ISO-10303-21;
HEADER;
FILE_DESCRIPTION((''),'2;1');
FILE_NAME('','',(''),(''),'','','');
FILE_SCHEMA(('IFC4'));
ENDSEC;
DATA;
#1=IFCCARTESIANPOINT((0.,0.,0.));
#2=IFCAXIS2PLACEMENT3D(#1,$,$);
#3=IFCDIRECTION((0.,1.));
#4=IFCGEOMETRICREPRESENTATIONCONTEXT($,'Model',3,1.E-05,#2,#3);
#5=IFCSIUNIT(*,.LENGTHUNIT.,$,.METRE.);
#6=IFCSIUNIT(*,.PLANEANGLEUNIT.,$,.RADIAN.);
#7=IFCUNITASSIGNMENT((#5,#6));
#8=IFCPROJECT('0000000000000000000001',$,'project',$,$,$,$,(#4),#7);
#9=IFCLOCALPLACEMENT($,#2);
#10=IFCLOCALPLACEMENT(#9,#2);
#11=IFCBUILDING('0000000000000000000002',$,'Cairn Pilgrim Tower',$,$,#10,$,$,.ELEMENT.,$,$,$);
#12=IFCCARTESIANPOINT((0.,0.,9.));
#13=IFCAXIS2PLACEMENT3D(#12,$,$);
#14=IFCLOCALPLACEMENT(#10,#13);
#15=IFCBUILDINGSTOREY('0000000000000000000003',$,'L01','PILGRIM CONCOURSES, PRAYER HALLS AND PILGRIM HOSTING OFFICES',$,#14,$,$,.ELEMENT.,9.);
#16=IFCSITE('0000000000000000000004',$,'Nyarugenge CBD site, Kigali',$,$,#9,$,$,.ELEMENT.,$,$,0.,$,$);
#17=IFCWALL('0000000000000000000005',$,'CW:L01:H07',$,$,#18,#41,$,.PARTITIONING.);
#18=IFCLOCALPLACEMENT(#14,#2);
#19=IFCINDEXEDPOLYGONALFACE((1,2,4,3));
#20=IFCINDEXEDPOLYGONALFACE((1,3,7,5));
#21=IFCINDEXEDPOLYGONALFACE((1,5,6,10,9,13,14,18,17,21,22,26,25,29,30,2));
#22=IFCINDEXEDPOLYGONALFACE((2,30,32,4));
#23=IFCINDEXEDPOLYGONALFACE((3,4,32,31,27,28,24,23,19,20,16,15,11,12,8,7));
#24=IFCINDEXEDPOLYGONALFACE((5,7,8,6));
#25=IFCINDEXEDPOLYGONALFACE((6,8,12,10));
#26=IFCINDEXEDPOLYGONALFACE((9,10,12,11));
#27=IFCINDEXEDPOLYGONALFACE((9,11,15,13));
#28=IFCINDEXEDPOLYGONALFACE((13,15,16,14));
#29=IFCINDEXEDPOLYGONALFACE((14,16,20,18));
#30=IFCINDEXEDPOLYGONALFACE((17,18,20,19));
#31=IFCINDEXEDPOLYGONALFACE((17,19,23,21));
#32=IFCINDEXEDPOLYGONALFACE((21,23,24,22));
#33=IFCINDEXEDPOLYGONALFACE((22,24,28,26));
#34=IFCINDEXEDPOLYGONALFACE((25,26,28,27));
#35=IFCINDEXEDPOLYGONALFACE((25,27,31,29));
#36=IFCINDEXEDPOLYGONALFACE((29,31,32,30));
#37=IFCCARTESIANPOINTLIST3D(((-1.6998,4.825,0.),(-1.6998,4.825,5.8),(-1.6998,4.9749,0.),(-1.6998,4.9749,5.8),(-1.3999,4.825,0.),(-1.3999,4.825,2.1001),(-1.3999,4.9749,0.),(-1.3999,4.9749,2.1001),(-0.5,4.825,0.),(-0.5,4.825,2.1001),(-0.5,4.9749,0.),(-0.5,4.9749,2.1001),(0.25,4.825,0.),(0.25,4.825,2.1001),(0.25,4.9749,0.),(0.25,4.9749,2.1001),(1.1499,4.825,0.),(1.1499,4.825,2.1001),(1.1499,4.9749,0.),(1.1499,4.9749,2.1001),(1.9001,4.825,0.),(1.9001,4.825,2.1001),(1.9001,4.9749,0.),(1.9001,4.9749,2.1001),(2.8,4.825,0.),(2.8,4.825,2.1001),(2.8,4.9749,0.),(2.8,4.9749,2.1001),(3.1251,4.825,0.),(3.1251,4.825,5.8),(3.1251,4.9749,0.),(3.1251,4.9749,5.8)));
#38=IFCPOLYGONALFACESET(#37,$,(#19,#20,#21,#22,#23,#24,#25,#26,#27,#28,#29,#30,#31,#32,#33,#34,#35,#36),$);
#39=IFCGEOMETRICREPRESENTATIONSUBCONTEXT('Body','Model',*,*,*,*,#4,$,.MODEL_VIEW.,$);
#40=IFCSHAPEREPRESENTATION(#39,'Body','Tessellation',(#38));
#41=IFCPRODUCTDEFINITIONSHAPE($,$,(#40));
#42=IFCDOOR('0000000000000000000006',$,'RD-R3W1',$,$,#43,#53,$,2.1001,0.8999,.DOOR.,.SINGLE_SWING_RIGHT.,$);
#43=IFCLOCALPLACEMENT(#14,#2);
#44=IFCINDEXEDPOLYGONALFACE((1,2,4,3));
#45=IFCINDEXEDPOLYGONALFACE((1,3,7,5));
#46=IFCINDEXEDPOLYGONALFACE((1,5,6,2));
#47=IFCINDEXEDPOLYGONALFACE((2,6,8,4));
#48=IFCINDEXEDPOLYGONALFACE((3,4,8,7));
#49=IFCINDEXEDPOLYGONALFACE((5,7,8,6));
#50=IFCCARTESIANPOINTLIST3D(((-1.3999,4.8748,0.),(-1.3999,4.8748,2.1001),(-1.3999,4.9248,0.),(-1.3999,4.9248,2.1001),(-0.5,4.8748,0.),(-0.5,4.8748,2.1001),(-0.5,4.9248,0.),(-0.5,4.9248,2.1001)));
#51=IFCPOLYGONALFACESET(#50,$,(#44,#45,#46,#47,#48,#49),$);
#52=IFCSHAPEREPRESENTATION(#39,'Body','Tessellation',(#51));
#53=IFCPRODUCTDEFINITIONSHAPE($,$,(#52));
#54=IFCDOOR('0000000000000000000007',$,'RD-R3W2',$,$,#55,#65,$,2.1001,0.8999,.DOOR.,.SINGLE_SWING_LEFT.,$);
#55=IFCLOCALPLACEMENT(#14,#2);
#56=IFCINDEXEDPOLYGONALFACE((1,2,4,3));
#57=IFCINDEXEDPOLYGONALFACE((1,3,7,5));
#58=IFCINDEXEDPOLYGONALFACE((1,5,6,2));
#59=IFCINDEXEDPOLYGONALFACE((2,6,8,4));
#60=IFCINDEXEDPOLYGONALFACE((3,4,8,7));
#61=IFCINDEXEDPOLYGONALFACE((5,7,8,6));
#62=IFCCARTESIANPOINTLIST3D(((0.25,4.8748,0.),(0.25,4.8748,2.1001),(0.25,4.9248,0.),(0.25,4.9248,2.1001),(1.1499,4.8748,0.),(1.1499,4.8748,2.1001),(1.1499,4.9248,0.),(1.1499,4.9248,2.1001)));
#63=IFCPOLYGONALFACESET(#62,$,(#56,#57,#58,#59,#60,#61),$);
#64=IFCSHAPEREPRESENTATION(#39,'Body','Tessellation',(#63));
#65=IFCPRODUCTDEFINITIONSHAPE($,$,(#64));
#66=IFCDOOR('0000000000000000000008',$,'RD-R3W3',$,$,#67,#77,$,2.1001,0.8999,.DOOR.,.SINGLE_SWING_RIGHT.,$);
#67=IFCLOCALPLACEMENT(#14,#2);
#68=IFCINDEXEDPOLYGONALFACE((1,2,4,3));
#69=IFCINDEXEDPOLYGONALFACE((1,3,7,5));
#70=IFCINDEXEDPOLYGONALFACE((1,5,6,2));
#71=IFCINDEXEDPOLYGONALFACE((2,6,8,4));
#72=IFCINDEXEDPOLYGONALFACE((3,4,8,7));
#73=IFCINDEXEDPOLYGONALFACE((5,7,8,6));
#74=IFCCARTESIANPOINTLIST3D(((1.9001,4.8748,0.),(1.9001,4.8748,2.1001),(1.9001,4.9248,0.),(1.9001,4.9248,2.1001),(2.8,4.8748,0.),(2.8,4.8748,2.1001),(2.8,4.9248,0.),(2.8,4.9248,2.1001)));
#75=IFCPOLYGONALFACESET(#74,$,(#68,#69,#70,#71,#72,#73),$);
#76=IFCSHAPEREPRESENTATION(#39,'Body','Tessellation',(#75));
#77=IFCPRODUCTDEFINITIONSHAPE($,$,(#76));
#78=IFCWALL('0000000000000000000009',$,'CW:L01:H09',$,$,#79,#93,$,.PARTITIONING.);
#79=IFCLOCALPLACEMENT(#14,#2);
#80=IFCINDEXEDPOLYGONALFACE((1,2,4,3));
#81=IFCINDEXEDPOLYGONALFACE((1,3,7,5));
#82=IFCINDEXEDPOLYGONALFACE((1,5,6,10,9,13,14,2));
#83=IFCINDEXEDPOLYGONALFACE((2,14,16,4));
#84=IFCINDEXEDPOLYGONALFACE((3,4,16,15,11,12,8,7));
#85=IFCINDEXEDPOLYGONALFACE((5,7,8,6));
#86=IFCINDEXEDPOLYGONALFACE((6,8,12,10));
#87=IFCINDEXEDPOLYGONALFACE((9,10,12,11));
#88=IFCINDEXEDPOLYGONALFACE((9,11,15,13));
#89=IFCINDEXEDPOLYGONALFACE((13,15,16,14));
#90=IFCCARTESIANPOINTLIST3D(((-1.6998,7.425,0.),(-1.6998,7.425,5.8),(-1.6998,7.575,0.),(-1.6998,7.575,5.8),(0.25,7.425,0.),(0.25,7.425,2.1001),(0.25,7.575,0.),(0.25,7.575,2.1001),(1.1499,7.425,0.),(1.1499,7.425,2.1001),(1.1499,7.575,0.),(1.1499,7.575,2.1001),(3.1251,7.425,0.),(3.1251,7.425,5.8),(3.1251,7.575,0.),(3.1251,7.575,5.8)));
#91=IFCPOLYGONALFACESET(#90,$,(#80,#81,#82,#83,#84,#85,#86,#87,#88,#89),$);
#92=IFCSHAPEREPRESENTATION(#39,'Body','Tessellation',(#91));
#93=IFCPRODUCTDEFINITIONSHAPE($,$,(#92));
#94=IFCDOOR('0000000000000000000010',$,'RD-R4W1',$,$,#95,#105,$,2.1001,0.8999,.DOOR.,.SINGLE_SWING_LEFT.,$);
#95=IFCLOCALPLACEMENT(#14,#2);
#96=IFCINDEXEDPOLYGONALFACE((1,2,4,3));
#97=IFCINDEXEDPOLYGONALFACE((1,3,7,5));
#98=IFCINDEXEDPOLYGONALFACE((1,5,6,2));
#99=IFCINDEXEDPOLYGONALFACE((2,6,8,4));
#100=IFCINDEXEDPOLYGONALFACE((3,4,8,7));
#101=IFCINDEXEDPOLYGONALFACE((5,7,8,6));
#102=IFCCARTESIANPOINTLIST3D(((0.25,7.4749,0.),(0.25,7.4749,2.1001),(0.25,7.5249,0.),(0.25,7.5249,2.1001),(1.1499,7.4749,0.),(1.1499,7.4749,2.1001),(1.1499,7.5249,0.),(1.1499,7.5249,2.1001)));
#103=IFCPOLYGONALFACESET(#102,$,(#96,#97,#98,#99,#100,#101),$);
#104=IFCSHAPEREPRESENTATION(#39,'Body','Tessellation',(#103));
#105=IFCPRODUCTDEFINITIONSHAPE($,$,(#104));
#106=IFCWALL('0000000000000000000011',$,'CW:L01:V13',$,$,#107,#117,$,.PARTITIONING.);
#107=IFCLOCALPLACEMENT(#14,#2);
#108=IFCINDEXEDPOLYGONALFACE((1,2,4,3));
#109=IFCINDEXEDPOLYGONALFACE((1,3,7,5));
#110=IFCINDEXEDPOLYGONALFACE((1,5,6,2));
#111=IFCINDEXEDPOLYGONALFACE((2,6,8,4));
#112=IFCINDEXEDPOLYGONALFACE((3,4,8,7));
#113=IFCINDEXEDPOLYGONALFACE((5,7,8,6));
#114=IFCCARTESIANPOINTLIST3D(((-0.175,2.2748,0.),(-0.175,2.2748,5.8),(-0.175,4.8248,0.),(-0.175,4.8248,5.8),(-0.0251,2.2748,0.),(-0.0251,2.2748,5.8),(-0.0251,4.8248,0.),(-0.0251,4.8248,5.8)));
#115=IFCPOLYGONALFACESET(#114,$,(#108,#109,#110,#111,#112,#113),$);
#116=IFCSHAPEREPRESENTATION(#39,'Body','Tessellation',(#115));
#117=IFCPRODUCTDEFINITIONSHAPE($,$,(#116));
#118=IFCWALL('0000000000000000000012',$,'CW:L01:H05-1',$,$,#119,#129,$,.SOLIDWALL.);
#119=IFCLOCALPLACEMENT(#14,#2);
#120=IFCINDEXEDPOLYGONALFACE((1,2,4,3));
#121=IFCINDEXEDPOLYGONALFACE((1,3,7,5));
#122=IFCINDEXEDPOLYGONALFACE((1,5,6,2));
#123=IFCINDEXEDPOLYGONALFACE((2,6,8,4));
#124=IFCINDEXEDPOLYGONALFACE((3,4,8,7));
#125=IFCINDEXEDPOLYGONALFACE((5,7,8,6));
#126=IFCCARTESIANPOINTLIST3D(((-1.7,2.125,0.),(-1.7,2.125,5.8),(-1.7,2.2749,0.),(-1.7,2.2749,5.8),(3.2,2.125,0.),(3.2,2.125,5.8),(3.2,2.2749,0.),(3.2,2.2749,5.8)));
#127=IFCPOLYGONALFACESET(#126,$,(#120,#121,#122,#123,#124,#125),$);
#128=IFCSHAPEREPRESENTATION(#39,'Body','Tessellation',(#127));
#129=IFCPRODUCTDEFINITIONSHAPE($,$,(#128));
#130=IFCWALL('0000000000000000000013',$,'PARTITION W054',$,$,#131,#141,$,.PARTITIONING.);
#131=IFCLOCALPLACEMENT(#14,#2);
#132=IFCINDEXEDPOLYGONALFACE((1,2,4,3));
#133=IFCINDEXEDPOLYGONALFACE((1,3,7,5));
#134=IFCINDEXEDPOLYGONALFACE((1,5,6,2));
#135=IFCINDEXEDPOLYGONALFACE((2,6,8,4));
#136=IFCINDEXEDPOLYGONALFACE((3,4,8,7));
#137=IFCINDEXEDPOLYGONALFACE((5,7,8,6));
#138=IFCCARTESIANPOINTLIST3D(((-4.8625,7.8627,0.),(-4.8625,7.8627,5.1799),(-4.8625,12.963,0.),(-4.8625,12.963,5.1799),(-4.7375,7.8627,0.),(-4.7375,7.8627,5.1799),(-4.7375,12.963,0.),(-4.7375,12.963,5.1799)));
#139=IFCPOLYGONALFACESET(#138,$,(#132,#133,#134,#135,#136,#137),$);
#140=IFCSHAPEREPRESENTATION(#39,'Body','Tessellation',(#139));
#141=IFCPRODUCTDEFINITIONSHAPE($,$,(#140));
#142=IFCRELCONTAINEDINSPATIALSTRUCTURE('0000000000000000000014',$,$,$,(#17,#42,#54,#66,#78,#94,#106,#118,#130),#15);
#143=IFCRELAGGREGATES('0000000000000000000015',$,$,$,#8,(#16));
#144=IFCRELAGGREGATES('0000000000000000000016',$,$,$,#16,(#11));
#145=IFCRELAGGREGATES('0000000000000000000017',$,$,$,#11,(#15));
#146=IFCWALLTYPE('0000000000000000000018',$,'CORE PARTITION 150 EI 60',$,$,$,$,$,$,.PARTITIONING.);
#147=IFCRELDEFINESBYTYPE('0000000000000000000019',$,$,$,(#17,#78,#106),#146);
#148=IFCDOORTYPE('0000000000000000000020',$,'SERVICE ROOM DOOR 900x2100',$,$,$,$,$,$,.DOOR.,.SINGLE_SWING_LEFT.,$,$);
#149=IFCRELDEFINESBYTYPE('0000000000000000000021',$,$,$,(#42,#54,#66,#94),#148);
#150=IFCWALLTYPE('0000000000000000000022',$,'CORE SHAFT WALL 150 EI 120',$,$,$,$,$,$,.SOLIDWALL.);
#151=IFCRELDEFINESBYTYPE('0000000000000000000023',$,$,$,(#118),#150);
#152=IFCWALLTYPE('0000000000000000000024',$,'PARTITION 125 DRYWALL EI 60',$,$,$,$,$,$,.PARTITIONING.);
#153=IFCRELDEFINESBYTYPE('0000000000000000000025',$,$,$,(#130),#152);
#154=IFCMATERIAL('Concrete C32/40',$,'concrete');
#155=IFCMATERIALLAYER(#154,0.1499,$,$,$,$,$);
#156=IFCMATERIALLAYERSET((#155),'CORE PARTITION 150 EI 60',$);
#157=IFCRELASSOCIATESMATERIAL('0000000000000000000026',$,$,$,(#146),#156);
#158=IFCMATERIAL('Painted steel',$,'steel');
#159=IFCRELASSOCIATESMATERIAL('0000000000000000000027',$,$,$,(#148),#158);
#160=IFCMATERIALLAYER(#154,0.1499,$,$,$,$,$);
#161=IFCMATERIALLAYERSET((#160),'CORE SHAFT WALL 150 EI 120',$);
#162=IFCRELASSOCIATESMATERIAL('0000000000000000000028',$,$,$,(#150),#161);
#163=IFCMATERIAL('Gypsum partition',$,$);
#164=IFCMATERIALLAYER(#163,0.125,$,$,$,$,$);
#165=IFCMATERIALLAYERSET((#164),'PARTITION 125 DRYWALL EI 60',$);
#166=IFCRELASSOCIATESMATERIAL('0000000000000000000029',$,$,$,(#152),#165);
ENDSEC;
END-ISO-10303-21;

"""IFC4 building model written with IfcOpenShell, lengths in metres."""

from ifc_helpers import new_model, si_unit, direction, frame, frame_2d, origin, place, context, subcontext, project, spatial, rectangle, extrude, material, layer, layer_set, type_object, element, fill, save


model = new_model("IFC4")

# Units and contexts
model_context = context("Model", 3, precision=1e-05, world=origin(), true_north=direction((0.0, 1.0)))
body_context = subcontext(model_context, "Body", "Model", "MODEL_VIEW")
ifc_project = project(units=[si_unit("LENGTHUNIT", "METRE"), si_unit("PLANEANGLEUNIT", "RADIAN")], contexts=[model_context])

# Site, building, storey
site_placement = place(None, origin())
site = spatial("IfcSite", under=ifc_project, at=site_placement, Name="Nyarugenge CBD site, Kigali", CompositionType="ELEMENT", RefElevation=0.0)
building_placement = place(site_placement, origin())
building = spatial("IfcBuilding", under=site, at=building_placement, Name="Cairn Pilgrim Tower", CompositionType="ELEMENT")
storey_placement = place(building_placement, frame((0.0, 0.0, 9.0)))
storey = spatial("IfcBuildingStorey", under=building, at=storey_placement, Name="L01", Description="PILGRIM CONCOURSES, PRAYER HALLS AND PILGRIM HOSTING OFFICES", CompositionType="ELEMENT", Elevation=9.0)

# Shared definitions
ifc_material_1 = material(Name="Concrete C32/40", Category="concrete")

# Wall, openings, doors
ifc_layer_1 = layer(ifc_material_1, 0.1499)
ifc_layer_set_1 = layer_set([ifc_layer_1], Name="CORE PARTITION 150 EI 60")
wall_type_1 = type_object("IfcWallType", Name="CORE PARTITION 150 EI 60", PredefinedType="PARTITIONING", material=ifc_layer_set_1)
wall_1_placement = place(storey_placement, frame((-1.7, 4.8999, 0.0), z_axis=(0.0, 0.0, 1.0), x_axis=(1.0, 0.0, 0.0)))
wall_1 = element("IfcWall", 1, at=wall_1_placement, inside=storey, type_object=wall_type_1, Name="CW:L01:H07", PredefinedType="PARTITIONING", context=body_context, shape_type="SweptSolid", body=[
    extrude(rectangle(XDim=4.825, YDim=0.1499, at=frame_2d((2.4126, 0.0))), origin(), (0.0, 0.0, 1.0), 5.8),
])
opening_1_placement = place(wall_1_placement, frame((0.3, 0.0, 0.0)))
opening_1 = element("IfcOpeningElement", 2, at=opening_1_placement, cuts=wall_1, PredefinedType="OPENING", context=body_context, shape_type="SweptSolid", body=[
    extrude(rectangle(XDim=0.8999, YDim=2.1001, at=frame_2d((0.45, 1.05))), frame((0.0, 0.085, 0.0), z_axis=(0.0, -1.0, 0.0), x_axis=(1.0, 0.0, 0.0)), (0.0, 0.0, 1.0), 0.1699),
])
opening_2_placement = place(wall_1_placement, frame((1.95, 0.0, 0.0)))
opening_2 = element("IfcOpeningElement", 3, at=opening_2_placement, cuts=wall_1, PredefinedType="OPENING", context=body_context, shape_type="SweptSolid", body=[
    extrude(rectangle(XDim=0.8999, YDim=2.1001, at=frame_2d((0.45, 1.05))), frame((0.0, 0.085, 0.0), z_axis=(0.0, -1.0, 0.0), x_axis=(1.0, 0.0, 0.0)), (0.0, 0.0, 1.0), 0.1699),
])
opening_3_placement = place(wall_1_placement, frame((3.6001, 0.0, 0.0)))
opening_3 = element("IfcOpeningElement", 4, at=opening_3_placement, cuts=wall_1, PredefinedType="OPENING", context=body_context, shape_type="SweptSolid", body=[
    extrude(rectangle(XDim=0.8999, YDim=2.1001, at=frame_2d((0.45, 1.05))), frame((0.0, 0.085, 0.0), z_axis=(0.0, -1.0, 0.0), x_axis=(1.0, 0.0, 0.0)), (0.0, 0.0, 1.0), 0.1699),
])
ifc_material_2 = material(Name="Painted steel", Category="steel")
door_type_1 = type_object("IfcDoorType", Name="SERVICE ROOM DOOR 900x2100", OperationType="SINGLE_SWING_LEFT", PredefinedType="DOOR", material=ifc_material_2)
door_1_placement = place(opening_1_placement, origin())
door_1 = element("IfcDoor", 5, at=door_1_placement, inside=storey, type_object=door_type_1, Name="RD-R3W1", OperationType="SINGLE_SWING_RIGHT", OverallHeight=2.1001, OverallWidth=0.8999, PredefinedType="DOOR", context=body_context, shape_type="SweptSolid", body=[
    extrude(rectangle(XDim=0.8999, YDim=2.1001, at=frame_2d((0.45, 1.05))), frame((0.0, 0.0249, 0.0), z_axis=(0.0, -1.0, 0.0), x_axis=(1.0, 0.0, 0.0)), (0.0, 0.0, 1.0), 0.05),
])
fill(opening_1, door_1)
door_2_placement = place(opening_2_placement, origin())
door_2 = element("IfcDoor", 6, at=door_2_placement, inside=storey, type_object=door_type_1, Name="RD-R3W2", OperationType="SINGLE_SWING_LEFT", OverallHeight=2.1001, OverallWidth=0.8999, PredefinedType="DOOR", context=body_context, shape_type="SweptSolid", body=[
    extrude(rectangle(XDim=0.8999, YDim=2.1001, at=frame_2d((0.45, 1.05))), frame((0.0, 0.0249, 0.0), z_axis=(0.0, -1.0, 0.0), x_axis=(1.0, 0.0, 0.0)), (0.0, 0.0, 1.0), 0.05),
])
fill(opening_2, door_2)
door_3_placement = place(opening_3_placement, origin())
door_3 = element("IfcDoor", 7, at=door_3_placement, inside=storey, type_object=door_type_1, Name="RD-R3W3", OperationType="SINGLE_SWING_RIGHT", OverallHeight=2.1001, OverallWidth=0.8999, PredefinedType="DOOR", context=body_context, shape_type="SweptSolid", body=[
    extrude(rectangle(XDim=0.8999, YDim=2.1001, at=frame_2d((0.45, 1.05))), frame((0.0, 0.0249, 0.0), z_axis=(0.0, -1.0, 0.0), x_axis=(1.0, 0.0, 0.0)), (0.0, 0.0, 1.0), 0.05),
])
fill(opening_3, door_3)

# Wall, opening, door
wall_2_placement = place(storey_placement, frame((-1.7, 7.5, 0.0), z_axis=(0.0, 0.0, 1.0), x_axis=(1.0, 0.0, 0.0)))
wall_2 = element("IfcWall", 8, at=wall_2_placement, inside=storey, type_object=wall_type_1, Name="CW:L01:H09", PredefinedType="PARTITIONING", context=body_context, shape_type="SweptSolid", body=[
    extrude(rectangle(XDim=4.825, YDim=0.1499, at=frame_2d((2.4126, 0.0))), origin(), (0.0, 0.0, 1.0), 5.8),
])
opening_4_placement = place(wall_2_placement, frame((1.95, 0.0, 0.0)))
opening_4 = element("IfcOpeningElement", 9, at=opening_4_placement, cuts=wall_2, PredefinedType="OPENING", context=body_context, shape_type="SweptSolid", body=[
    extrude(rectangle(XDim=0.8999, YDim=2.1001, at=frame_2d((0.45, 1.05))), frame((0.0, 0.085, 0.0), z_axis=(0.0, -1.0, 0.0), x_axis=(1.0, 0.0, 0.0)), (0.0, 0.0, 1.0), 0.1699),
])
door_4_placement = place(opening_4_placement, origin())
door_4 = element("IfcDoor", 10, at=door_4_placement, inside=storey, type_object=door_type_1, Name="RD-R4W1", OperationType="SINGLE_SWING_LEFT", OverallHeight=2.1001, OverallWidth=0.8999, PredefinedType="DOOR", context=body_context, shape_type="SweptSolid", body=[
    extrude(rectangle(XDim=0.8999, YDim=2.1001, at=frame_2d((0.45, 1.05))), frame((0.0, 0.0249, 0.0), z_axis=(0.0, -1.0, 0.0), x_axis=(1.0, 0.0, 0.0)), (0.0, 0.0, 1.0), 0.05),
])
fill(opening_4, door_4)

# Walls
wall_3_placement = place(storey_placement, frame((-0.1001, 2.2749, 0.0), z_axis=(0.0, 0.0, 1.0), x_axis=(0.0, 1.0, 0.0)))
element("IfcWall", 11, at=wall_3_placement, inside=storey, type_object=wall_type_1, Name="CW:L01:V13", PredefinedType="PARTITIONING", context=body_context, shape_type="SweptSolid", body=[
    extrude(rectangle(XDim=2.55, YDim=0.1499, at=frame_2d((1.2749, 0.0))), origin(), (0.0, 0.0, 1.0), 5.8),
])
ifc_layer_2 = layer(ifc_material_1, 0.1499)
ifc_layer_set_2 = layer_set([ifc_layer_2], Name="CORE SHAFT WALL 150 EI 120")
wall_type_2 = type_object("IfcWallType", Name="CORE SHAFT WALL 150 EI 120", PredefinedType="SOLIDWALL", material=ifc_layer_set_2)
wall_4_placement = place(storey_placement, frame((-1.7, 2.2, 0.0), z_axis=(0.0, 0.0, 1.0), x_axis=(1.0, 0.0, 0.0)))
element("IfcWall", 12, at=wall_4_placement, inside=storey, type_object=wall_type_2, Name="CW:L01:H05-1", PredefinedType="SOLIDWALL", context=body_context, shape_type="SweptSolid", body=[
    extrude(rectangle(XDim=4.8999, YDim=0.1499, at=frame_2d((2.45, 0.0))), origin(), (0.0, 0.0, 1.0), 5.8),
])
ifc_material_3 = material(Name="Gypsum partition")
ifc_layer_3 = layer(ifc_material_3, 0.125)
ifc_layer_set_3 = layer_set([ifc_layer_3], Name="PARTITION 125 DRYWALL EI 60")
wall_type_3 = type_object("IfcWallType", Name="PARTITION 125 DRYWALL EI 60", PredefinedType="PARTITIONING", material=ifc_layer_set_3)
wall_5_placement = place(storey_placement, frame((-4.8, 7.8625, 0.0), z_axis=(0.0, 0.0, 1.0), x_axis=(0.0, 1.0, 0.0)))
element("IfcWall", 13, at=wall_5_placement, inside=storey, type_object=wall_type_3, Name="PARTITION W054", PredefinedType="PARTITIONING", context=body_context, shape_type="SweptSolid", body=[
    extrude(rectangle(XDim=5.1003, YDim=0.125, at=frame_2d((2.5503, 0.0))), origin(), (0.0, 0.0, 1.0), 5.1799),
])

save(model, "model.ifc")
